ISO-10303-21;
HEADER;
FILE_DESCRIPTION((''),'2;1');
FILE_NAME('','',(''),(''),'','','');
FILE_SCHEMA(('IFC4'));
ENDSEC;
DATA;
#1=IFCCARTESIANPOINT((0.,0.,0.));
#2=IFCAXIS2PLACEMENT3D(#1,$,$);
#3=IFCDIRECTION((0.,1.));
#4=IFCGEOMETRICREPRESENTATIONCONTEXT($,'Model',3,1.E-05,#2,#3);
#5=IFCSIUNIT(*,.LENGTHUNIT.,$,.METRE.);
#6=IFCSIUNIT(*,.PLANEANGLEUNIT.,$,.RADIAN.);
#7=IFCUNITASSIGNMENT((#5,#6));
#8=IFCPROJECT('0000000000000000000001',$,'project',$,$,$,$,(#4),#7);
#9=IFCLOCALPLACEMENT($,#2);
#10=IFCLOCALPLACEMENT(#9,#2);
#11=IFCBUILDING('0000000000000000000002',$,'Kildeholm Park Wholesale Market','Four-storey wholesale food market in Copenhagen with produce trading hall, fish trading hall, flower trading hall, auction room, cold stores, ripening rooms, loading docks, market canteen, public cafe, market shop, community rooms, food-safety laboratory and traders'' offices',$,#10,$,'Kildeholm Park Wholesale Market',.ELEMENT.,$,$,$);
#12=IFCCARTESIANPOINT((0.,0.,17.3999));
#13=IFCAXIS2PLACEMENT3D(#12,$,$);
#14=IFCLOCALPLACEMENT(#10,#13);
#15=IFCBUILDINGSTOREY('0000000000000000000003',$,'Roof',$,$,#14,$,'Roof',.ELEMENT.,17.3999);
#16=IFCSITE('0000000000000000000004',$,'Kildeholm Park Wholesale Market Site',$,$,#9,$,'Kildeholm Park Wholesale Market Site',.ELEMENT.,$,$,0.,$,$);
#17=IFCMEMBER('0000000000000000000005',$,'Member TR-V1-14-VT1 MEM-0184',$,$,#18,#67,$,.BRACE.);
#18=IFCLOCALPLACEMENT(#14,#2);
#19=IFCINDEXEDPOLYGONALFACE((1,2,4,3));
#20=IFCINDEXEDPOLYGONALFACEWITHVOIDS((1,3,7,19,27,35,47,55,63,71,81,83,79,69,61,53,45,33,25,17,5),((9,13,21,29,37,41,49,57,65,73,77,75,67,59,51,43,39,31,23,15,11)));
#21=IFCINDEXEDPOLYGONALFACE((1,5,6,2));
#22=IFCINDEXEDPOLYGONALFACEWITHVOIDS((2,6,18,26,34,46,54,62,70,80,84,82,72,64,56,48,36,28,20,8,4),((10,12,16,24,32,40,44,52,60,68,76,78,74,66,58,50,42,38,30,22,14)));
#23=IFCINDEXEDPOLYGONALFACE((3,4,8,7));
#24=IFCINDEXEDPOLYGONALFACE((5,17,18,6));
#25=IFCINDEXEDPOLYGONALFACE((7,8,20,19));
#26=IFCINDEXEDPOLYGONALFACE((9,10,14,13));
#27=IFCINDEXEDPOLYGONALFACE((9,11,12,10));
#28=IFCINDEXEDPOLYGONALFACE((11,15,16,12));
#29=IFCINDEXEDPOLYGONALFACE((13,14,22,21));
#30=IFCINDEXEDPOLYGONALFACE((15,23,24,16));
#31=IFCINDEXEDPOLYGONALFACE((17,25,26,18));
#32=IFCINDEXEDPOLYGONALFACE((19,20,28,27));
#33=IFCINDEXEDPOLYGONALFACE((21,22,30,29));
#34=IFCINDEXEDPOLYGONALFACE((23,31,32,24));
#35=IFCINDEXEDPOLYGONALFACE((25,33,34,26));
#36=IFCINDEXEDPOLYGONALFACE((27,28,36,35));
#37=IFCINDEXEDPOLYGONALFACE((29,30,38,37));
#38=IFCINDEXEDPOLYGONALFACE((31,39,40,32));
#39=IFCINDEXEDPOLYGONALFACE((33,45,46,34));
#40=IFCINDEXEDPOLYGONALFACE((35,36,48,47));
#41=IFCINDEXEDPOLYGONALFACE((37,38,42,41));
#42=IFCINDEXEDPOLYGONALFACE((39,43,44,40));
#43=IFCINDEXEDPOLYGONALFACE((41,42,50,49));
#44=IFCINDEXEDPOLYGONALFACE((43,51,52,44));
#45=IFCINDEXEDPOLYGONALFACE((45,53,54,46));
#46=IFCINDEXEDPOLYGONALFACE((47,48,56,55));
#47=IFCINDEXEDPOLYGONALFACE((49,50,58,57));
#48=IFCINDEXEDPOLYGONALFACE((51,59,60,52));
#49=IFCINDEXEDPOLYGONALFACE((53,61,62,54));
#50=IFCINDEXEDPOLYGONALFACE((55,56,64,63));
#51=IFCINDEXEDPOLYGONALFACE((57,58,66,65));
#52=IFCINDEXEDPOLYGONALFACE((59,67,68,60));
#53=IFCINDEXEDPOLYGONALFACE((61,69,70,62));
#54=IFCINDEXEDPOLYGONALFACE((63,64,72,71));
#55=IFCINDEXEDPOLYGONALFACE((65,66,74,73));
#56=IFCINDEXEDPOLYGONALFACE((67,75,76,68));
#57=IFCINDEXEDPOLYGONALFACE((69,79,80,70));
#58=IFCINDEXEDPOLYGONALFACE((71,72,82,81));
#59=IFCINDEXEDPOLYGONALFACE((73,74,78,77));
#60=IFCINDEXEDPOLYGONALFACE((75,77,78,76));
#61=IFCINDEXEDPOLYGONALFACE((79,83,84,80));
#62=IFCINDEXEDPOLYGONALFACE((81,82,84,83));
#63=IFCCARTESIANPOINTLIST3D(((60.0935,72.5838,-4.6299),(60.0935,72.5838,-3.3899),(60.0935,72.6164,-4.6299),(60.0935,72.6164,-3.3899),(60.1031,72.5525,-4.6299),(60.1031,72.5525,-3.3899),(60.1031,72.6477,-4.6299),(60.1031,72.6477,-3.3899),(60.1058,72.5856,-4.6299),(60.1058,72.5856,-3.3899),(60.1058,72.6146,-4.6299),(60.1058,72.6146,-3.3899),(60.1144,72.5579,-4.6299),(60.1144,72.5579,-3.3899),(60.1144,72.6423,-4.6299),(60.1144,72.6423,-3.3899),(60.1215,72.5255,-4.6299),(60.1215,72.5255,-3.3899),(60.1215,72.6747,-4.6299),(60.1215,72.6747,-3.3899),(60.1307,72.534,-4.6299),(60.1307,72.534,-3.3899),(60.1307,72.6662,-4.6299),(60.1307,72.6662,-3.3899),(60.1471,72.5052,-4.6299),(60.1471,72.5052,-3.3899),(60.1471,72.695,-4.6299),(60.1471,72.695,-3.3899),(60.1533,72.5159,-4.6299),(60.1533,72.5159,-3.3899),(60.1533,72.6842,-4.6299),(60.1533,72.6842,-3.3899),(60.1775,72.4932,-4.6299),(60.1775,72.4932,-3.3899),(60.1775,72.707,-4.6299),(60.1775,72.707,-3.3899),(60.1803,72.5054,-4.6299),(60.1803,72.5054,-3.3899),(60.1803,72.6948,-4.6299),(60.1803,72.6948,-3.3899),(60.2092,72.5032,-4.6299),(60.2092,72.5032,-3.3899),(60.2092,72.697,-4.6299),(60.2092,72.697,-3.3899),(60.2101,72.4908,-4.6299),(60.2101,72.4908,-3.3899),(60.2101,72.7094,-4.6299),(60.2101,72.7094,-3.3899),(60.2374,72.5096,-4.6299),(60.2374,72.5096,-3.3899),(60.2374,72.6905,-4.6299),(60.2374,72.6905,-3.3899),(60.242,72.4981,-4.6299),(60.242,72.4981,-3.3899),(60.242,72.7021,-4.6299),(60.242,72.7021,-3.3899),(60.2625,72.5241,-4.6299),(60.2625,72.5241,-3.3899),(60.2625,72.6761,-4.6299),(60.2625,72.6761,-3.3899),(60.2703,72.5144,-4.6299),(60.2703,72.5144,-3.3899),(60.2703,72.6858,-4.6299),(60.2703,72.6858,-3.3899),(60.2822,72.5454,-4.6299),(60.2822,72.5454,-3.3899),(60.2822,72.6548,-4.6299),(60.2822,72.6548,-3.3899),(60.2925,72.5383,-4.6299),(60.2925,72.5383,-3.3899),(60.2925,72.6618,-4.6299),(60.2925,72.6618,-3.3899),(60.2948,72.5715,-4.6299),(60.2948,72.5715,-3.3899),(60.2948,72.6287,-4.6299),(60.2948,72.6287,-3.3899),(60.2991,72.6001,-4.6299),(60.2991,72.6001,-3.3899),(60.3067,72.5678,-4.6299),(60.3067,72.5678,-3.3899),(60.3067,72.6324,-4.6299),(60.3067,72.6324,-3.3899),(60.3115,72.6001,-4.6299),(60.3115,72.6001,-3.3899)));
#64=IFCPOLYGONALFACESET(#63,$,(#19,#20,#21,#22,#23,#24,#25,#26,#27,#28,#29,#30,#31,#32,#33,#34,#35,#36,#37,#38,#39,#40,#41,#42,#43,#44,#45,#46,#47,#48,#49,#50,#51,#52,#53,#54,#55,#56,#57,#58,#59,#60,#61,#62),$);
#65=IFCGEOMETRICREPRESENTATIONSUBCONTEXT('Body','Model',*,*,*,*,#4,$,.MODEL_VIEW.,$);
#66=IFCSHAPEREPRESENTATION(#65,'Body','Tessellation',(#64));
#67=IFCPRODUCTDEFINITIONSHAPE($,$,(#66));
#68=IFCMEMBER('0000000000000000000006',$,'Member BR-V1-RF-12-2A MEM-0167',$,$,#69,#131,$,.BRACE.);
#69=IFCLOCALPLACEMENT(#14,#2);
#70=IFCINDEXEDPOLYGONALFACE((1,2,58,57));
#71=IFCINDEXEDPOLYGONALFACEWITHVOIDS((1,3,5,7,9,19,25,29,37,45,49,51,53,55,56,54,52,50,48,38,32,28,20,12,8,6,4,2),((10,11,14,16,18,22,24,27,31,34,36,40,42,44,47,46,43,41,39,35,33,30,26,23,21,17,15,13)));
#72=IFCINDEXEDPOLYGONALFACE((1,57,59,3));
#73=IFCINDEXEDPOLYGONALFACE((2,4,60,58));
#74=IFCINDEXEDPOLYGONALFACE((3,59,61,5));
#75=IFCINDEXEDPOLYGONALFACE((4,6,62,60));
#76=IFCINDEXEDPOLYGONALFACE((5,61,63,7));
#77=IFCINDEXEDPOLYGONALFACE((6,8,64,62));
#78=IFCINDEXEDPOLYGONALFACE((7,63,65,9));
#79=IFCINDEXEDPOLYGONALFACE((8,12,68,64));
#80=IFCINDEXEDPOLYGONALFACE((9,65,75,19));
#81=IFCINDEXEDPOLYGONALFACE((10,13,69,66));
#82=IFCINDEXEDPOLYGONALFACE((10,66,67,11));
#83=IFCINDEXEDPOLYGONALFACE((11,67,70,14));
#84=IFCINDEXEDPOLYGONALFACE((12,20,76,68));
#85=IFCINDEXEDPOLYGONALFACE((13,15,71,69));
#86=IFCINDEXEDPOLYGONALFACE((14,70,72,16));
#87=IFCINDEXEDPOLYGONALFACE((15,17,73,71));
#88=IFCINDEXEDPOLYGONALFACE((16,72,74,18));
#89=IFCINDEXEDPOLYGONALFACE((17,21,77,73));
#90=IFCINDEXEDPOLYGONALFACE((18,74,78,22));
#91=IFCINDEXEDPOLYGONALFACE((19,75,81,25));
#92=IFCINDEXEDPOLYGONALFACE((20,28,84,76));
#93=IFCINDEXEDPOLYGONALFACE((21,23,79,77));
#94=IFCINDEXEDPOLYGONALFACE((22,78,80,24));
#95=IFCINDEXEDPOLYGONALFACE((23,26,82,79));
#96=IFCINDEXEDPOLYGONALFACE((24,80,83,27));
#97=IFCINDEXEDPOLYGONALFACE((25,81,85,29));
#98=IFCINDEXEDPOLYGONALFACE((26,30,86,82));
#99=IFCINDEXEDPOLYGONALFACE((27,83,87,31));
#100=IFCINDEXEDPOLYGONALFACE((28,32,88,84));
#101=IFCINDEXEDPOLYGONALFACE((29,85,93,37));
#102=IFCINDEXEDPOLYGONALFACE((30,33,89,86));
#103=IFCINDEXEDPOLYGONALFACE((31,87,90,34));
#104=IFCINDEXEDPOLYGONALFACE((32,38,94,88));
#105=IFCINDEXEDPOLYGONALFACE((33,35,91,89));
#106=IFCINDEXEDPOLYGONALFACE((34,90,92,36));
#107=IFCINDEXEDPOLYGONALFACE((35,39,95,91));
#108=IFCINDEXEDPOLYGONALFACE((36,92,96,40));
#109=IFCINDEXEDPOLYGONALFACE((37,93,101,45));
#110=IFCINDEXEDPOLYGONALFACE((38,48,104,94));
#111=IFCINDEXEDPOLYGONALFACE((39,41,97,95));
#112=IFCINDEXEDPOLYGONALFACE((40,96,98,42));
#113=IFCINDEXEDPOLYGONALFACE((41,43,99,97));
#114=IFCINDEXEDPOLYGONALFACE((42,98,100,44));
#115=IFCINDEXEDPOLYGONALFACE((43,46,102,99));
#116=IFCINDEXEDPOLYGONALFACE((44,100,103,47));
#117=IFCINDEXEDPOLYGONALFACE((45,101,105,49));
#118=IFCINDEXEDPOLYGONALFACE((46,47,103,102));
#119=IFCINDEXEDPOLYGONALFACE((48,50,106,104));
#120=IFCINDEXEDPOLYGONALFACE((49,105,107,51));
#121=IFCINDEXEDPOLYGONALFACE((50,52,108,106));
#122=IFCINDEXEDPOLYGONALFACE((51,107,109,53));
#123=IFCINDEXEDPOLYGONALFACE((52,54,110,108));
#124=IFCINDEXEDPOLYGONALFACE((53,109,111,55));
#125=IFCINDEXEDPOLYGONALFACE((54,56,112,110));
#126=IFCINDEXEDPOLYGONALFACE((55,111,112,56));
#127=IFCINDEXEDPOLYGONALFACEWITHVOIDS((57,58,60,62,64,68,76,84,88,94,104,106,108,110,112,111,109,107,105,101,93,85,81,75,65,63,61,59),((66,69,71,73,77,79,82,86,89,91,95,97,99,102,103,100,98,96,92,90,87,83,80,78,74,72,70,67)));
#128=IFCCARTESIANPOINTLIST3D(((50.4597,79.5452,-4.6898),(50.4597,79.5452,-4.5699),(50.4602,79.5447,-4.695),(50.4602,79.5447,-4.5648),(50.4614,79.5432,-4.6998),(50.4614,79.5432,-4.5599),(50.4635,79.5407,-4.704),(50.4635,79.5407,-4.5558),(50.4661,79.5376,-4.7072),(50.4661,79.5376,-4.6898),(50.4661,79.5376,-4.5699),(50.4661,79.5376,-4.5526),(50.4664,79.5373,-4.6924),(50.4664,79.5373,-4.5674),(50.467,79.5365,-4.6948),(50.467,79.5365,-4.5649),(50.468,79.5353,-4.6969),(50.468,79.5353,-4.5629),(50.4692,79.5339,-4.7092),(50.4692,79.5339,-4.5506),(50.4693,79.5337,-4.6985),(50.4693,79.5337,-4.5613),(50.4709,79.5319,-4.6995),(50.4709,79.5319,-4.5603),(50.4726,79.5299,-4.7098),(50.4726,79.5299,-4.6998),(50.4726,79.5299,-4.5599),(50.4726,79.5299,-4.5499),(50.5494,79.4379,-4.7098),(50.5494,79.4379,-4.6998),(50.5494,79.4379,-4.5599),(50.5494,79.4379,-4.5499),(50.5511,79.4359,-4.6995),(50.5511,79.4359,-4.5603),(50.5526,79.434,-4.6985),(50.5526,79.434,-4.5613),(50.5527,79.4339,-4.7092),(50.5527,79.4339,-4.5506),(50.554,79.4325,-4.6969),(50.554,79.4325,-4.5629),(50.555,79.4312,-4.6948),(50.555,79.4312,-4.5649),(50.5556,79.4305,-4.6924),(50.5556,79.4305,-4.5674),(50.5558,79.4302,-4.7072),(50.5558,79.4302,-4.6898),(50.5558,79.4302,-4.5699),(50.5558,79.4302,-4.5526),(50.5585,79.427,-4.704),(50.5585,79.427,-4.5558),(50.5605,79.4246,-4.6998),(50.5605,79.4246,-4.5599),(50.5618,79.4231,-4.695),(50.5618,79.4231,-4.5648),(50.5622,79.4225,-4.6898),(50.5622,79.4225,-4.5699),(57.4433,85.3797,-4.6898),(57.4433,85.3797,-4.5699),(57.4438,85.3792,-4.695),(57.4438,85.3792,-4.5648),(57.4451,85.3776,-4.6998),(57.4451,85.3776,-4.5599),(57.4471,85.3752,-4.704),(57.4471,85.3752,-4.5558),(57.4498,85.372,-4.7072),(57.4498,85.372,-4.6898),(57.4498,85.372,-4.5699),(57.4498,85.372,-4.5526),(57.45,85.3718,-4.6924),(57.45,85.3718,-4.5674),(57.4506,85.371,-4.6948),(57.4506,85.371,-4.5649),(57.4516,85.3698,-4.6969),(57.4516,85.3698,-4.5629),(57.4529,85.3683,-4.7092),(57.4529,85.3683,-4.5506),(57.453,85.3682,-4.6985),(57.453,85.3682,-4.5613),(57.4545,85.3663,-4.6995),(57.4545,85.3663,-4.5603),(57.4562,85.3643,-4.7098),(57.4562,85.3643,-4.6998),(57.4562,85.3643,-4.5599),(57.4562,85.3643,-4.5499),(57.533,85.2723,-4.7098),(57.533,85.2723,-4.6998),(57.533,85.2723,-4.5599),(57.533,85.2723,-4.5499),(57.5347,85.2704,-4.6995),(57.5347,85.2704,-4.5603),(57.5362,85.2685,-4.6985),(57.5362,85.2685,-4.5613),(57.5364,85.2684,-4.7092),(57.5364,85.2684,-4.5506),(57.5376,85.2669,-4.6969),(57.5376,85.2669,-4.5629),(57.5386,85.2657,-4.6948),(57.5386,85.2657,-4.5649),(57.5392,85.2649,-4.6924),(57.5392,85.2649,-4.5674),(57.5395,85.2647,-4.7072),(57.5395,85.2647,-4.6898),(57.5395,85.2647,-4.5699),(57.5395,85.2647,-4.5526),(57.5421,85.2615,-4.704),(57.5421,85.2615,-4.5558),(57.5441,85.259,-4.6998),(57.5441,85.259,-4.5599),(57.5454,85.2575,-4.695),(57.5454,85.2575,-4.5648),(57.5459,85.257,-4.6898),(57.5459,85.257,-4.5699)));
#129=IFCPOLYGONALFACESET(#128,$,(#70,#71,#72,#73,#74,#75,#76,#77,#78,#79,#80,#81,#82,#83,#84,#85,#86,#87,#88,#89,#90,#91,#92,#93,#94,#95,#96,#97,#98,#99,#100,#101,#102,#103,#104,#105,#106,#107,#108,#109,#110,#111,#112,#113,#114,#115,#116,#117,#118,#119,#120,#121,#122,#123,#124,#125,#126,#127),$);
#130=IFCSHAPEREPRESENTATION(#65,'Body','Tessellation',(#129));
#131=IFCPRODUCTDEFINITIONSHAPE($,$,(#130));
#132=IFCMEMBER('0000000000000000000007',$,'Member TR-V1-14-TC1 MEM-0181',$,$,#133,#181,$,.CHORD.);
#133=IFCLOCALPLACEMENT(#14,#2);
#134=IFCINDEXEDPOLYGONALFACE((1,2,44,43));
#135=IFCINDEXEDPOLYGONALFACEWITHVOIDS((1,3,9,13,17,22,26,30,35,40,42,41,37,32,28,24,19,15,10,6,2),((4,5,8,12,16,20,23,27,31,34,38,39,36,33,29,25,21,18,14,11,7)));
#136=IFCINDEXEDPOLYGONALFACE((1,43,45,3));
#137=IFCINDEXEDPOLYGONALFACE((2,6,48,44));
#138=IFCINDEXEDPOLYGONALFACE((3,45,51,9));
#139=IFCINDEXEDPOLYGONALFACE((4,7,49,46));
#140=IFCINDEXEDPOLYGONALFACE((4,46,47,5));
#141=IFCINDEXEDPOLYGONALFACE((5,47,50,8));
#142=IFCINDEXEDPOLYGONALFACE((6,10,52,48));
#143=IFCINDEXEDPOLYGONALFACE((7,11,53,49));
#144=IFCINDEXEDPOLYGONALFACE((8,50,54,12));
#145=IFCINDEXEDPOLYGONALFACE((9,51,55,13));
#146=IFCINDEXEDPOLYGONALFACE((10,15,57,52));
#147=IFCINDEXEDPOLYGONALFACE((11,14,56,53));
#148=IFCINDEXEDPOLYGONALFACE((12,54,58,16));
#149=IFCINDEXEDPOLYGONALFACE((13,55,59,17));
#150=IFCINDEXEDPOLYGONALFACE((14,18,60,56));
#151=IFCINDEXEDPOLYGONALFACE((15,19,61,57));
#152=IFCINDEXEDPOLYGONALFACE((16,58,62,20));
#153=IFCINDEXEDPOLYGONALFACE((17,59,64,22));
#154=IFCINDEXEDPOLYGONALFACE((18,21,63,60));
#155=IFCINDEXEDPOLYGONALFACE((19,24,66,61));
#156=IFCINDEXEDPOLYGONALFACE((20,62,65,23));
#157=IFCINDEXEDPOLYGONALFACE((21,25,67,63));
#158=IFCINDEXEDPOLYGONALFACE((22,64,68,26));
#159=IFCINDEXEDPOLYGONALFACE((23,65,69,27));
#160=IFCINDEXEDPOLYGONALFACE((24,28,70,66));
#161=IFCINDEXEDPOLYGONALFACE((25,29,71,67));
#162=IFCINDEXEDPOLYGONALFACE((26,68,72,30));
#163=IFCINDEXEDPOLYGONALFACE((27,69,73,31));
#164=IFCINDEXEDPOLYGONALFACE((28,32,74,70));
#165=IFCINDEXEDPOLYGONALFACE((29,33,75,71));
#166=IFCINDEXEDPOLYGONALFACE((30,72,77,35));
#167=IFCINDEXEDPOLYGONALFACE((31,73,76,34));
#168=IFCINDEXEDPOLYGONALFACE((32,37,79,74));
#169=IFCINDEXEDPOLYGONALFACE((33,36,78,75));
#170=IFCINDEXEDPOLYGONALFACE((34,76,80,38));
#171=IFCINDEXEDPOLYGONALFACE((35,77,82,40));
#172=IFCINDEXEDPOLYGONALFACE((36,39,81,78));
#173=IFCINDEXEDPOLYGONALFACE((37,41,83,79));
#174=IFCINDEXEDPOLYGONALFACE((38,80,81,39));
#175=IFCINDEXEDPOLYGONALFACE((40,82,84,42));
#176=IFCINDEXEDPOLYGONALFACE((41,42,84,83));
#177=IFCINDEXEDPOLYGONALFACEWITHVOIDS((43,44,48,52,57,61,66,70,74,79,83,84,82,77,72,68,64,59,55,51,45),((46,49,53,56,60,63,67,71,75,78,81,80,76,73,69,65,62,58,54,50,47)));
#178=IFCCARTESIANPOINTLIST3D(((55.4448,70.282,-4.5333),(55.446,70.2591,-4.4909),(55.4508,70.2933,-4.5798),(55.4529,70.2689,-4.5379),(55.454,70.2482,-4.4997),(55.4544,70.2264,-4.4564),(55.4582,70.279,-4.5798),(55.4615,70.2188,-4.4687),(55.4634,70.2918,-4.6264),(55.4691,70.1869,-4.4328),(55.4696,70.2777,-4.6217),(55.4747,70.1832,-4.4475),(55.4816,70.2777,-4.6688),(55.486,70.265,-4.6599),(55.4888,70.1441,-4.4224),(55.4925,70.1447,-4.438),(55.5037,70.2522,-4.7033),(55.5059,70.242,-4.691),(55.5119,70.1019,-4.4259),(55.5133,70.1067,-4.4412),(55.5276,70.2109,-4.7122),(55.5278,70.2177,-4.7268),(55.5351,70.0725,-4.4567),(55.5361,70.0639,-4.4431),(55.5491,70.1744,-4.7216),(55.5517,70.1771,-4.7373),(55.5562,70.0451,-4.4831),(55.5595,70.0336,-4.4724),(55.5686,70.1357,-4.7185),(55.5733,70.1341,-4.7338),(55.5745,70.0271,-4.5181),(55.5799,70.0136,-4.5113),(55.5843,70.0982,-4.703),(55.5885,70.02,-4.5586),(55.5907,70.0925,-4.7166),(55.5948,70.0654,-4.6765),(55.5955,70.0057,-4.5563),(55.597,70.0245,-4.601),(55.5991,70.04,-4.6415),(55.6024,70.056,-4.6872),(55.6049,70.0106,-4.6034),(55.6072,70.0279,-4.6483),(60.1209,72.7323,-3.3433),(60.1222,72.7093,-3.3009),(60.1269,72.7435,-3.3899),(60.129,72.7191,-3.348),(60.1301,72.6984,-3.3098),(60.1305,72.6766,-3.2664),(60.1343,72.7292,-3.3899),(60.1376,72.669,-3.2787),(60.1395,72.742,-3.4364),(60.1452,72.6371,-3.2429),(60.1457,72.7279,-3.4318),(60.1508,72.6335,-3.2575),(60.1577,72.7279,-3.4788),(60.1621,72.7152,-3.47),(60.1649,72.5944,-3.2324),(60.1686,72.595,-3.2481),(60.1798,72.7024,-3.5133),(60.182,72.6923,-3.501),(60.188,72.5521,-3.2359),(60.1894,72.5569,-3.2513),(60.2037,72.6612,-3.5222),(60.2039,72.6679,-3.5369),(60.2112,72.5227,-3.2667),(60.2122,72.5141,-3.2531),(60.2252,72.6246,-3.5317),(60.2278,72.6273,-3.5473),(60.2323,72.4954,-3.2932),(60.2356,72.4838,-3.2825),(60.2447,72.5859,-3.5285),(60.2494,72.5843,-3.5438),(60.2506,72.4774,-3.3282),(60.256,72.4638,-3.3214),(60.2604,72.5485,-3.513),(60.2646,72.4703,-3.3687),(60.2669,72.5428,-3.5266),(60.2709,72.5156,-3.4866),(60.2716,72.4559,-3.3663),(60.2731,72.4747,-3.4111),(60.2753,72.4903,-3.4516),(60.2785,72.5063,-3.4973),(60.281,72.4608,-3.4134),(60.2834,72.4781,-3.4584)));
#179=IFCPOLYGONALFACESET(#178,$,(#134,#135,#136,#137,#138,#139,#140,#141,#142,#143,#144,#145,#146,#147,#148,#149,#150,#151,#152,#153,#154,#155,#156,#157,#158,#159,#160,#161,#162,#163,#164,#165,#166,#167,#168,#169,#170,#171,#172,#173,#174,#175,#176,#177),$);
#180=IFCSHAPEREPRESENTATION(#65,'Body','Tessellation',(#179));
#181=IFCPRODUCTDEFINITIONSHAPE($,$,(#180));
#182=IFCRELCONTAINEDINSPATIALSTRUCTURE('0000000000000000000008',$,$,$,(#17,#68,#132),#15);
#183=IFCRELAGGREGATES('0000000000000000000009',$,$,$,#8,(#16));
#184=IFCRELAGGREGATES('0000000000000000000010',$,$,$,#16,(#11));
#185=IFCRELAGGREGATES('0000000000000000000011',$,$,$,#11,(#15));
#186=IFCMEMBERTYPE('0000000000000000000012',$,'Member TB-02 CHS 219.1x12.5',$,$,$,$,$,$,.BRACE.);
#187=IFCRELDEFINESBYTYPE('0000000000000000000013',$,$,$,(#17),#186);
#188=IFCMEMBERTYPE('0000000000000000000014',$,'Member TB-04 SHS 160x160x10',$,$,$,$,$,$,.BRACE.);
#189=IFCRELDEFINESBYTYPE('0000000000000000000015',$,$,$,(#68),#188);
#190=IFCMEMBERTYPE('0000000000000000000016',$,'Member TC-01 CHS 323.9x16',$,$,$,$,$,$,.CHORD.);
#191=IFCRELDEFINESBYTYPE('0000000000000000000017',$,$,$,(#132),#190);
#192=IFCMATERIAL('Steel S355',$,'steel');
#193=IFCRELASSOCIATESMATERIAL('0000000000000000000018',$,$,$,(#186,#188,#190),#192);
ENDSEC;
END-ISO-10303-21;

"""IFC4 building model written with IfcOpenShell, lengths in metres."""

from ifc_helpers import new_model, si_unit, direction, frame, origin, origin_2d, place, context, subcontext, project, spatial, hollow_rectangle, hollow_circle, extrude, material, material_profile, profile_set, type_object, element, save


model = new_model("IFC4")

# Units and contexts
model_context = context("Model", 3, precision=1e-05, world=origin(), true_north=direction((0.0, 1.0)))
body_context = subcontext(model_context, "Body", "Model", "MODEL_VIEW")
ifc_project = project(units=[si_unit("LENGTHUNIT", "METRE"), si_unit("PLANEANGLEUNIT", "RADIAN")], contexts=[model_context])

# Site, building, storey
site_placement = place(None, origin())
site = spatial("IfcSite", under=ifc_project, at=site_placement, Name="Kildeholm Park Wholesale Market Site", LongName="Kildeholm Park Wholesale Market Site", CompositionType="ELEMENT", RefElevation=0.0)
building_placement = place(site_placement, origin())
building = spatial("IfcBuilding", under=site, at=building_placement, Name="Kildeholm Park Wholesale Market", Description="Four-storey wholesale food market in Copenhagen with produce trading hall, fish trading hall, flower trading hall, auction room, cold stores, ripening rooms, loading docks, market canteen, public cafe, market shop, community rooms, food-safety laboratory and traders' offices", LongName="Kildeholm Park Wholesale Market", CompositionType="ELEMENT")
storey_placement = place(building_placement, frame((0.0, 0.0, 17.3999)))
storey = spatial("IfcBuildingStorey", under=building, at=storey_placement, Name="Roof", LongName="Roof", CompositionType="ELEMENT", Elevation=17.3999)

# Shared definitions
ifc_material_1 = material(Name="Steel S355", Category="steel")

# Members
ifc_material_profile_1 = material_profile(ifc_material_1, hollow_circle(Radius=0.1096, WallThickness=0.0125, at=origin_2d()), Name="CHS 219.1x12.5")
ifc_profile_set_1 = profile_set([ifc_material_profile_1], Name="Steel S355")
member_type_1 = type_object("IfcMemberType", Name="Member TB-02 CHS 219.1x12.5", PredefinedType="BRACE", material=ifc_profile_set_1)
for number, where, z_axis, x_axis, name in (
    (1, (60.2019, 72.6001, -4.6299), (0.0, 0.0, 1.0), (1.0, 0.0, 0.0), "Member TR-V1-14-VT1 MEM-0184"),
):
    element("IfcMember", number, at=place(storey_placement, frame(where, z_axis=z_axis, x_axis=x_axis)), inside=storey, type_object=member_type_1, Name=name, PredefinedType="BRACE", context=body_context, shape_type="SweptSolid", body=[
        extrude(hollow_circle(Radius=0.1096, WallThickness=0.0125, at=origin_2d()), origin(), (0.0, 0.0, 1.0), 1.24),
    ])
ifc_material_profile_2 = material_profile(ifc_material_1, hollow_rectangle(XDim=0.1599, YDim=0.1599, WallThickness=0.01, InnerFilletRadius=0.01, OuterFilletRadius=0.02, at=origin_2d()), Name="SHS 160x160x10")
ifc_profile_set_2 = profile_set([ifc_material_profile_2], Name="Steel S355")
member_type_2 = type_object("IfcMemberType", Name="Member TB-04 SHS 160x160x10", PredefinedType="BRACE", material=ifc_profile_set_2)
member_1_placement = place(storey_placement, frame((50.511, 79.4839, -4.6299), z_axis=(0.767422, 0.641142, 0.0), x_axis=(-0.641142, 0.767422, 0.0)))
element("IfcMember", 2, at=member_1_placement, inside=storey, type_object=member_type_2, Name="Member BR-V1-RF-12-2A MEM-0167", PredefinedType="BRACE", context=body_context, shape_type="SweptSolid", body=[
    extrude(hollow_rectangle(XDim=0.1599, YDim=0.1599, WallThickness=0.01, InnerFilletRadius=0.01, OuterFilletRadius=0.02, at=origin_2d()), origin(), (0.0, 0.0, 1.0), 9.1001),
])
ifc_material_profile_3 = material_profile(ifc_material_1, hollow_circle(Radius=0.1619, WallThickness=0.0161, at=origin_2d()), Name="CHS 323.9x16")
ifc_profile_set_3 = profile_set([ifc_material_profile_3], Name="Steel S355")
member_type_3 = type_object("IfcMemberType", Name="Member TC-01 CHS 323.9x16", PredefinedType="CHORD", material=ifc_profile_set_3)
member_2_placement = place(storey_placement, frame((55.5259, 70.1499, -4.5798), z_axis=(0.864086, 0.452773, 0.21989), x_axis=(-0.464133, 0.885765, 0.0)))
element("IfcMember", 3, at=member_2_placement, inside=storey, type_object=member_type_3, Name="Member TR-V1-14-TC1 MEM-0181", PredefinedType="CHORD", context=body_context, shape_type="SweptSolid", body=[
    extrude(hollow_circle(Radius=0.1619, WallThickness=0.0161, at=origin_2d()), origin(), (0.0, 0.0, 1.0), 5.4116),
])

save(model, "model.ifc")
